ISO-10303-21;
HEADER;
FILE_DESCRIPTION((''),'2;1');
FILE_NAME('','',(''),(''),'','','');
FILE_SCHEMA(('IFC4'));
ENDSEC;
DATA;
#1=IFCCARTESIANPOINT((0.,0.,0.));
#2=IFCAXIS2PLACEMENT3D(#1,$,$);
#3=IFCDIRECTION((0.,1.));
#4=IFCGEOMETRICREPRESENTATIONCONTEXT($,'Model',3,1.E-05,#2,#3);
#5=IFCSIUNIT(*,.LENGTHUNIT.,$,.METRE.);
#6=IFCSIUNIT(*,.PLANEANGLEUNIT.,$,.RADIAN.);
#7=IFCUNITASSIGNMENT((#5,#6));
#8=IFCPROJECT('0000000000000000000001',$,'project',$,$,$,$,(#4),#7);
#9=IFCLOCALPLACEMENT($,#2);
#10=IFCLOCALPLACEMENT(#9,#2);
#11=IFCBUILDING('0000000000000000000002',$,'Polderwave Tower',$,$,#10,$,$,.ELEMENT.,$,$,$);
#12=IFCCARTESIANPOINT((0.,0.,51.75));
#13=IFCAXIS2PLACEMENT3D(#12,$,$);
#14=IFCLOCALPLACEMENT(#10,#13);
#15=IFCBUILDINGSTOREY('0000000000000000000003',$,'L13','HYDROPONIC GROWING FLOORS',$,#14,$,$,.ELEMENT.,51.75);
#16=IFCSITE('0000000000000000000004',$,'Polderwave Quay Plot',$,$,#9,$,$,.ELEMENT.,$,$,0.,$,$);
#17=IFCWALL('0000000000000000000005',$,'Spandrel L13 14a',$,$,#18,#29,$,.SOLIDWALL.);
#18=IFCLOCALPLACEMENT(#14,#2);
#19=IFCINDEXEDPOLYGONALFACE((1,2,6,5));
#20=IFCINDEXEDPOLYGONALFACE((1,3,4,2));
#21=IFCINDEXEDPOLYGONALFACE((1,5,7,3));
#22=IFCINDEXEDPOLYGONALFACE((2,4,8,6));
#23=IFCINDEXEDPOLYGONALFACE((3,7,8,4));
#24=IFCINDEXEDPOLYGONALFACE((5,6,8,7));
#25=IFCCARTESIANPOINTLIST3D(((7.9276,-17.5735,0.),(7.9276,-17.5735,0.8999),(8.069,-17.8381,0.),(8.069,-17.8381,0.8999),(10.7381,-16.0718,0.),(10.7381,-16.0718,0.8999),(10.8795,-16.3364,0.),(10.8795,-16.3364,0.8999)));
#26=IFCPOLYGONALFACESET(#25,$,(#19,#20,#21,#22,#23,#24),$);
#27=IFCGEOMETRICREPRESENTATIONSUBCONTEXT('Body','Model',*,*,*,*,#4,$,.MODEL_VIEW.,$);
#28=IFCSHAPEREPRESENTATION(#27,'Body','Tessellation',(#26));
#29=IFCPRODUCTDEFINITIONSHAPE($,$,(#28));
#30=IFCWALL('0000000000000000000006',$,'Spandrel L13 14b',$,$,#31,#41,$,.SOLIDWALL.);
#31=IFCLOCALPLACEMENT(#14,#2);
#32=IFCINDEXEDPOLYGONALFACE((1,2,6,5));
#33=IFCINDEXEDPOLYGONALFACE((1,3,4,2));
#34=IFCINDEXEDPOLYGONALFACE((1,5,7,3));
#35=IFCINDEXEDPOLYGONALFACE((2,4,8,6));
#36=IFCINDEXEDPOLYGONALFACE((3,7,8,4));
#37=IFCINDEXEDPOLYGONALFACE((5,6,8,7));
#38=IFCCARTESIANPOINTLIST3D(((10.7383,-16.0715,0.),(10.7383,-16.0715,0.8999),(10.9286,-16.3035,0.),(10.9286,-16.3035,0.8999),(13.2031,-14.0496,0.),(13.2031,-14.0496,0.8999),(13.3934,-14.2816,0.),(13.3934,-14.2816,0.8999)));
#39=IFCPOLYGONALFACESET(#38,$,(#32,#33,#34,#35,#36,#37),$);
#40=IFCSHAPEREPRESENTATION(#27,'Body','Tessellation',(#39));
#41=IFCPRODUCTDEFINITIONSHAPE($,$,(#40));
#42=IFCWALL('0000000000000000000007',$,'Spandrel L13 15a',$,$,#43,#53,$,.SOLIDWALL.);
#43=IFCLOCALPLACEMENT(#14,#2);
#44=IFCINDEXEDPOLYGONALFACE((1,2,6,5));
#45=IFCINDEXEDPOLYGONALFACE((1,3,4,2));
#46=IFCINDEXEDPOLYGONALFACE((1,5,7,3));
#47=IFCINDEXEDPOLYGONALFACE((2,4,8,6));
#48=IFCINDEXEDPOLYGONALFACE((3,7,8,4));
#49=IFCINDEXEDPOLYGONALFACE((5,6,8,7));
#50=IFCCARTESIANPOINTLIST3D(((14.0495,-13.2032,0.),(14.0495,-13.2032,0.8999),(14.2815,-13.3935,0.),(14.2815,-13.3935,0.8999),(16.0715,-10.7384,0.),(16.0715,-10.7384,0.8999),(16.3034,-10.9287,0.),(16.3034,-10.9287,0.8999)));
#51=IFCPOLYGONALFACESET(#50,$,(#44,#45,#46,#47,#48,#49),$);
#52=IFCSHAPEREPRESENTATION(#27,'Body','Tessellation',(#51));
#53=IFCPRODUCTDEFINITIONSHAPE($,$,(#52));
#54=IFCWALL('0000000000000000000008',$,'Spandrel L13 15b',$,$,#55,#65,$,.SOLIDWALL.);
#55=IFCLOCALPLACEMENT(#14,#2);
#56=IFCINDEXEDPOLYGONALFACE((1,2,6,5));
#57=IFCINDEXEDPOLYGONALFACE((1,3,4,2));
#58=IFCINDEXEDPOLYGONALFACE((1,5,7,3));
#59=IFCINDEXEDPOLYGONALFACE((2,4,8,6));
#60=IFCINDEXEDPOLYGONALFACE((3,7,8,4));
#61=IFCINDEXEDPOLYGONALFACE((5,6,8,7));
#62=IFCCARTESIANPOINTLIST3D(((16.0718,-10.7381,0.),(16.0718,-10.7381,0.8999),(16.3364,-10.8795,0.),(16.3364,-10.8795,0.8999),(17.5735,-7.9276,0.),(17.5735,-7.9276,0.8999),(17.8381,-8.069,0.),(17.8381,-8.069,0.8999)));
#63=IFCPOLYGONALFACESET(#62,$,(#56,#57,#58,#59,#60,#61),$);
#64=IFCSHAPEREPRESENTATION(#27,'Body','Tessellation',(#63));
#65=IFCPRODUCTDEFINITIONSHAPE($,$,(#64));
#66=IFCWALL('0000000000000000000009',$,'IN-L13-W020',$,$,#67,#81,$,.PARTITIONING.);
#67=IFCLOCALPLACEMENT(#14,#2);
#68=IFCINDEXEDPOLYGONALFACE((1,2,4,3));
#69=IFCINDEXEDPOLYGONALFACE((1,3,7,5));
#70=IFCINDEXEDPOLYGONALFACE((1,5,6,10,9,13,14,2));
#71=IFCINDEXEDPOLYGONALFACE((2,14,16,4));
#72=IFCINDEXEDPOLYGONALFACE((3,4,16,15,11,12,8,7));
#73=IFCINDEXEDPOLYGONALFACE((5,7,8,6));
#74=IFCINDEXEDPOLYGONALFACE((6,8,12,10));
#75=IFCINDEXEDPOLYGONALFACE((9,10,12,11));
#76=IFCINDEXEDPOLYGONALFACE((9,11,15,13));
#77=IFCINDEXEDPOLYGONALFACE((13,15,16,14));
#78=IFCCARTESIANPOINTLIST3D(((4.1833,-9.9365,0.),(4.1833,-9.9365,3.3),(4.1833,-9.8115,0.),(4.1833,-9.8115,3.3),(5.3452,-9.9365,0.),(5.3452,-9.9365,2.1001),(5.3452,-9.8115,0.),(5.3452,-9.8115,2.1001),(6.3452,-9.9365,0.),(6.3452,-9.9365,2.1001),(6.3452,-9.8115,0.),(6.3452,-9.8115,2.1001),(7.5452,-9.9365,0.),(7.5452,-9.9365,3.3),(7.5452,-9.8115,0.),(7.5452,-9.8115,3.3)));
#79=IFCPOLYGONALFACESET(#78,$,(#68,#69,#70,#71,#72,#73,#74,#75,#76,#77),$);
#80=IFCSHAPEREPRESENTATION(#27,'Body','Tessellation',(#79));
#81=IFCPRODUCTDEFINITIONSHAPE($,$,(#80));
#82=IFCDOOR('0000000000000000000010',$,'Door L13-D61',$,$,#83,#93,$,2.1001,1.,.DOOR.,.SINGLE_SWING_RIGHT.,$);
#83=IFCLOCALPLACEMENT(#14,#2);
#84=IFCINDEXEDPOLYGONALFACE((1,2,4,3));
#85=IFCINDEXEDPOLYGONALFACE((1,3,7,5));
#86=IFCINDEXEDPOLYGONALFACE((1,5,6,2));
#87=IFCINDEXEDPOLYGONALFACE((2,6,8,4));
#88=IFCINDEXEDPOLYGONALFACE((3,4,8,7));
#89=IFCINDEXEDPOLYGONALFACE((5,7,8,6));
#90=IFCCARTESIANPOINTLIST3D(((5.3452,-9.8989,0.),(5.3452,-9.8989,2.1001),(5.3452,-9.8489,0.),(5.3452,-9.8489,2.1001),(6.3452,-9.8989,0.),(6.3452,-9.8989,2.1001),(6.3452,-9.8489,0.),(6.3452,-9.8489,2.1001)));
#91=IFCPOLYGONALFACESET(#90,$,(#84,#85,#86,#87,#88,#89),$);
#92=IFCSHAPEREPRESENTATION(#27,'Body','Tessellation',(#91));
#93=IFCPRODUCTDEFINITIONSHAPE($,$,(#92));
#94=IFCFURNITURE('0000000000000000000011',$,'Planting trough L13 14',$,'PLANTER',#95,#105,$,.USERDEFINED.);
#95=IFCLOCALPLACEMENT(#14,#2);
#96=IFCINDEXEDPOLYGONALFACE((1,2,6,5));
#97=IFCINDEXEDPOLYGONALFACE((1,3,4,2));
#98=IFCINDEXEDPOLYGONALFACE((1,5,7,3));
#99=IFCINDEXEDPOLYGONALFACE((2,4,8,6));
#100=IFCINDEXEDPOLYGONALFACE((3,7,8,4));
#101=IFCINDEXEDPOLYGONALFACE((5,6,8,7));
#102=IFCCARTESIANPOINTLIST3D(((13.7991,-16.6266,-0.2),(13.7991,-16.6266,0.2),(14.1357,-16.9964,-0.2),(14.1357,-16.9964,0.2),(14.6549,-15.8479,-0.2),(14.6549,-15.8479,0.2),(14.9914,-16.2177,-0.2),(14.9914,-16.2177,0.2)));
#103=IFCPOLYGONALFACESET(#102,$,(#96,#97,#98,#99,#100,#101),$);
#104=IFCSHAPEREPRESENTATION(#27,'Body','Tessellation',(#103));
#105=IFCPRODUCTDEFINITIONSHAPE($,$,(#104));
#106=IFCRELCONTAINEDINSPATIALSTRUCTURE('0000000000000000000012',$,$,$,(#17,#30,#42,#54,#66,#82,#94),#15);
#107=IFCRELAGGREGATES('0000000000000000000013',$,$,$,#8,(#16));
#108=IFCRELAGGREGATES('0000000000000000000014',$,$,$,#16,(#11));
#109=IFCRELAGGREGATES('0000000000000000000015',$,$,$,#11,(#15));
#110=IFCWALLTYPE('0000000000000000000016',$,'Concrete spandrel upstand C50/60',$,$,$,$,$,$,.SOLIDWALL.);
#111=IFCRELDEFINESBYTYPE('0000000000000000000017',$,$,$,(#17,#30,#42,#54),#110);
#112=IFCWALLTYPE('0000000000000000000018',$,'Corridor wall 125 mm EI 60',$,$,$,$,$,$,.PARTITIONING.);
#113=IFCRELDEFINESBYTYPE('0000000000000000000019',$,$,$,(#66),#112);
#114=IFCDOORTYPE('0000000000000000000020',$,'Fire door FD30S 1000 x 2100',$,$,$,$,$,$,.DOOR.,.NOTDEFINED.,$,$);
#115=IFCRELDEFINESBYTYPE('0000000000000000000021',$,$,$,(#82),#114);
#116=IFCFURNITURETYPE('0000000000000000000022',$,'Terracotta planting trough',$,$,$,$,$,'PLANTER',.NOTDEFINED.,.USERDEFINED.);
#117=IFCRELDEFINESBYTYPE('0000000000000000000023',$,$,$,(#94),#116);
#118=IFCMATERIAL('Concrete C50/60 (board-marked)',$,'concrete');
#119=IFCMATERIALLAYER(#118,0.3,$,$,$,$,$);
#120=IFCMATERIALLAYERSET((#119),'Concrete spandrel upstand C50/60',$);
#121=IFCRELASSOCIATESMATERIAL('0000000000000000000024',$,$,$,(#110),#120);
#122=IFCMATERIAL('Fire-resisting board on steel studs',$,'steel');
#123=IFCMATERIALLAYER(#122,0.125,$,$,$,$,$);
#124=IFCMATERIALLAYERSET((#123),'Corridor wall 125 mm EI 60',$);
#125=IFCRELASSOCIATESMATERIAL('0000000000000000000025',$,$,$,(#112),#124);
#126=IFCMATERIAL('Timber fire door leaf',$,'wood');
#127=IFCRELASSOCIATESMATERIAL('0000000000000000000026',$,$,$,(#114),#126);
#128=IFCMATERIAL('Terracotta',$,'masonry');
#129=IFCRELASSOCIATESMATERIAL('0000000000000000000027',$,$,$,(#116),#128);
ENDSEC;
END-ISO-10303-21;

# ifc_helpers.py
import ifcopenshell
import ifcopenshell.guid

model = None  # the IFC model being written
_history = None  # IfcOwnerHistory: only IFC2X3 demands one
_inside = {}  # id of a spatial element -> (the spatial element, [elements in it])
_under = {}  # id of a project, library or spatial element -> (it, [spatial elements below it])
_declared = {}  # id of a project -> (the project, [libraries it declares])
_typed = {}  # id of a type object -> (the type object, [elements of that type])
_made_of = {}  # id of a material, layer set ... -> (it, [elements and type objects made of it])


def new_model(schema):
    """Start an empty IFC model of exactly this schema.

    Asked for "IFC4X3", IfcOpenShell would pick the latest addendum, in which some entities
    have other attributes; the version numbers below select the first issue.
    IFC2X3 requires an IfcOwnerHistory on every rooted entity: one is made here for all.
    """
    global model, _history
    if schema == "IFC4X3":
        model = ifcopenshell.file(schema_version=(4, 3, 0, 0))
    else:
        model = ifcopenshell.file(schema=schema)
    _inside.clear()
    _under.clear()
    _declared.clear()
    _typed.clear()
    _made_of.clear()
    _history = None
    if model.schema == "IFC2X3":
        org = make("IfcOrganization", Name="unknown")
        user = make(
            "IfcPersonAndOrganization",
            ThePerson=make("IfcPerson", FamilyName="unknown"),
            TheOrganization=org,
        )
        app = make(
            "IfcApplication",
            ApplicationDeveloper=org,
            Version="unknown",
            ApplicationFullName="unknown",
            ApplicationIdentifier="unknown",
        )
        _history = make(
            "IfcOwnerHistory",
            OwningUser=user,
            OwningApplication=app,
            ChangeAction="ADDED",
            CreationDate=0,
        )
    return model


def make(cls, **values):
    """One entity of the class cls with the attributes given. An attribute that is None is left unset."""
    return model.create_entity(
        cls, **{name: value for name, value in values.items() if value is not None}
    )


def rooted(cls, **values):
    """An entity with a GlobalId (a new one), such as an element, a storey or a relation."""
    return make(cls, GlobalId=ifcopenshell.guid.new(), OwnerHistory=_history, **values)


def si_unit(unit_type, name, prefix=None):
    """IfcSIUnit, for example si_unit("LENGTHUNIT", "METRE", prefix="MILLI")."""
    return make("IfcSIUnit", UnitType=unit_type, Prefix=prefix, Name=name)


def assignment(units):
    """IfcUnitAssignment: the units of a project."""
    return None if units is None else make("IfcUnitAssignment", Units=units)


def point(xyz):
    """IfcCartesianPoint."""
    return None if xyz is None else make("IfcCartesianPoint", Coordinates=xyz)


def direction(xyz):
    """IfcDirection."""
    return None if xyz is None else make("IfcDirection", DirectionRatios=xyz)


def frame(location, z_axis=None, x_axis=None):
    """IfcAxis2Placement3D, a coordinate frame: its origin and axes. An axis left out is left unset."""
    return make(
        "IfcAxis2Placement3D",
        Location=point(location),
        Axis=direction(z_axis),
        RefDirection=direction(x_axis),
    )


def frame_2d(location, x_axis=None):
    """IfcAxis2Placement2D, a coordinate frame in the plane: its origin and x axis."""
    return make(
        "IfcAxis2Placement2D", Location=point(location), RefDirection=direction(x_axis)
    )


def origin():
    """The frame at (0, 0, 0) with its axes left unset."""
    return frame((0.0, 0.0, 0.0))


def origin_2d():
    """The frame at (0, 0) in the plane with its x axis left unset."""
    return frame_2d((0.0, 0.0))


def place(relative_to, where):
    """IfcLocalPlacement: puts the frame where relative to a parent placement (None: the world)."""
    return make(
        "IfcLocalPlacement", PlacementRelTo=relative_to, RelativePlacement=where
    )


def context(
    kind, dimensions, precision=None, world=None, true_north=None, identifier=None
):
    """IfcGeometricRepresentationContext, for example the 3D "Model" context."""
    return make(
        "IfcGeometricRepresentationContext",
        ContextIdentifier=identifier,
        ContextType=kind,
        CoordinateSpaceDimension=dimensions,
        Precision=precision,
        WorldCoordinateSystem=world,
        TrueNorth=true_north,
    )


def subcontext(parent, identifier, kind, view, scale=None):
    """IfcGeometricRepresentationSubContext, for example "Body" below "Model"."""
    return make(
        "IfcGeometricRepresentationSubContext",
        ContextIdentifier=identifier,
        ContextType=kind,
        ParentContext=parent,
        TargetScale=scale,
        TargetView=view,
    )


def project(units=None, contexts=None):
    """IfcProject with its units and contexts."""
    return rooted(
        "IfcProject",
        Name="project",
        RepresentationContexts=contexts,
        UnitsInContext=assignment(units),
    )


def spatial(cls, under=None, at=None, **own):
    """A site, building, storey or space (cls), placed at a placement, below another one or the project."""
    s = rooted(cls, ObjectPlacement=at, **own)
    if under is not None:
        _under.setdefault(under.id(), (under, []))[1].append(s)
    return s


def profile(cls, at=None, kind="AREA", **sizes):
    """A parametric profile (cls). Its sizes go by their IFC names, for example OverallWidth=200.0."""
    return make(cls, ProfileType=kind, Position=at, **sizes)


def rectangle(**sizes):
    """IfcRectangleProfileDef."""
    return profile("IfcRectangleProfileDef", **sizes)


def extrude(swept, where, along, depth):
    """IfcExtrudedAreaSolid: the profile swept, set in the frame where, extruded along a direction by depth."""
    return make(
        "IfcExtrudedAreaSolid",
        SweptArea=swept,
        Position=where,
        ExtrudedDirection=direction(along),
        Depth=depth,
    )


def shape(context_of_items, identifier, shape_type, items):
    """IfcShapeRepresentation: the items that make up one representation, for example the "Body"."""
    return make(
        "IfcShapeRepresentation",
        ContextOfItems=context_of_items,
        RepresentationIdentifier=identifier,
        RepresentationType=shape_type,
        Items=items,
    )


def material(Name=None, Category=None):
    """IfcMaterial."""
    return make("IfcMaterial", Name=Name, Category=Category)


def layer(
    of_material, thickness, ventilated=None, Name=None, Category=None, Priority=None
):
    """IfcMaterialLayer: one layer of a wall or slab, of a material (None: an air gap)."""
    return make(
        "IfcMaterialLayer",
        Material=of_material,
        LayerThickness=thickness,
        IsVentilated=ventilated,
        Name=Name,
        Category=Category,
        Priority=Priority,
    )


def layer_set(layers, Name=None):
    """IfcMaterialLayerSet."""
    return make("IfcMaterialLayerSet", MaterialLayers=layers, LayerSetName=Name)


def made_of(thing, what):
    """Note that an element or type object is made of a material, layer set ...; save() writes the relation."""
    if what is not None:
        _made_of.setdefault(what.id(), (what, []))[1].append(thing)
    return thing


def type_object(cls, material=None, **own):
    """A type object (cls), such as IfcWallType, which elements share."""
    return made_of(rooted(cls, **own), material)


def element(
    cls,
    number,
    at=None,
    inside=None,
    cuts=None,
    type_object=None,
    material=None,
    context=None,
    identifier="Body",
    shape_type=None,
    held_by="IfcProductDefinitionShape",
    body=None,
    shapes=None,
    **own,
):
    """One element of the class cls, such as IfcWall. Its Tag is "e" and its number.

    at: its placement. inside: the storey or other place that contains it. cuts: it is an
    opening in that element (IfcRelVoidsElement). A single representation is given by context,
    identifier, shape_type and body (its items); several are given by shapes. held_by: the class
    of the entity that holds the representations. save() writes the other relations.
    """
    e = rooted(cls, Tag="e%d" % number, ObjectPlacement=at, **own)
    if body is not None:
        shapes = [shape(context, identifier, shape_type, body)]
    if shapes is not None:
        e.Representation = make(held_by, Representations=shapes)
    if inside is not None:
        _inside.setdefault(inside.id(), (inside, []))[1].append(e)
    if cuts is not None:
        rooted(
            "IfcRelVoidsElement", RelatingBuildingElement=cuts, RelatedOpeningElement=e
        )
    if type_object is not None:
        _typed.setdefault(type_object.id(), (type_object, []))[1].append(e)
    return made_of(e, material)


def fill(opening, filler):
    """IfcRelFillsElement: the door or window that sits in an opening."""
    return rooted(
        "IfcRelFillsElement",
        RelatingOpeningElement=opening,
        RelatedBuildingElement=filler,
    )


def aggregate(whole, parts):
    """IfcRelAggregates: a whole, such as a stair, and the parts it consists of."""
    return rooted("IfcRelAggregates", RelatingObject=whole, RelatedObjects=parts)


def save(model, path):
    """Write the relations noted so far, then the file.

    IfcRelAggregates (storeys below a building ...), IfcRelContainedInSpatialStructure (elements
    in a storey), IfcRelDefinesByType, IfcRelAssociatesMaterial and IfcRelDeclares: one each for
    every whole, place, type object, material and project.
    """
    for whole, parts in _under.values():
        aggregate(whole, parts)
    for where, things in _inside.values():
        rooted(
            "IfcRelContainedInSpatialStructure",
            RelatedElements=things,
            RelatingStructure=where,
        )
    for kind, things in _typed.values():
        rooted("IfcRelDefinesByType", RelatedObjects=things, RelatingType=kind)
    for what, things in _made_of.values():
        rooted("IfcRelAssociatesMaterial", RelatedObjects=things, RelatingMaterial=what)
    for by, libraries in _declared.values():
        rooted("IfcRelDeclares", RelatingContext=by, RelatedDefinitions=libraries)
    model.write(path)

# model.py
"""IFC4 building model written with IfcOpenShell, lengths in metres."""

from ifc_helpers import new_model, si_unit, direction, frame, frame_2d, origin, origin_2d, place, context, subcontext, project, spatial, rectangle, extrude, material, layer, layer_set, type_object, element, fill, save


model = new_model("IFC4")

# Units and contexts
model_context = context("Model", 3, precision=1e-05, world=origin(), true_north=direction((0.0, 1.0)))
body_context = subcontext(model_context, "Body", "Model", "MODEL_VIEW")
ifc_project = project(units=[si_unit("LENGTHUNIT", "METRE"), si_unit("PLANEANGLEUNIT", "RADIAN")], contexts=[model_context])

# Site, building, storey
site_placement = place(None, origin())
site = spatial("IfcSite", under=ifc_project, at=site_placement, Name="Polderwave Quay Plot", CompositionType="ELEMENT", RefElevation=0.0)
building_placement = place(site_placement, origin())
building = spatial("IfcBuilding", under=site, at=building_placement, Name="Polderwave Tower", CompositionType="ELEMENT")
storey_placement = place(building_placement, frame((0.0, 0.0, 51.75)))
storey = spatial("IfcBuildingStorey", under=building, at=storey_placement, Name="L13", Description="HYDROPONIC GROWING FLOORS", CompositionType="ELEMENT", Elevation=51.75)

# Walls
ifc_material_1 = material(Name="Concrete C50/60 (board-marked)", Category="concrete")
ifc_layer_1 = layer(ifc_material_1, 0.3)
ifc_layer_set_1 = layer_set([ifc_layer_1], Name="Concrete spandrel upstand C50/60")
wall_type_1 = type_object("IfcWallType", Name="Concrete spandrel upstand C50/60", PredefinedType="SOLIDWALL", material=ifc_layer_set_1)
wall_1_placement = place(storey_placement, frame((7.9983, -17.7058, 0.0), z_axis=(0.0, 0.0, 1.0), x_axis=(0.881994, 0.47126, 0.0)))
element("IfcWall", 1, at=wall_1_placement, inside=storey, type_object=wall_type_1, Name="Spandrel L13 14a", PredefinedType="SOLIDWALL", context=body_context, shape_type="SweptSolid", body=[
    extrude(rectangle(XDim=3.1865, YDim=0.3, at=frame_2d((1.5933, 0.0))), origin(), (0.0, 0.0, 1.0), 0.8999),
])
for number, where, z_axis, x_axis, name in (
    (2, (10.8335, -16.1875, 0.0), (0.0, 0.0, 1.0), (0.773145, 0.63423, 0.0), "Spandrel L13 14b"),
    (3, (14.1655, -13.2983, 0.0), (0.0, 0.0, 1.0), (0.63423, 0.773145, 0.0), "Spandrel L13 15a"),
):
    element("IfcWall", number, at=place(storey_placement, frame(where, z_axis=z_axis, x_axis=x_axis)), inside=storey, type_object=wall_type_1, Name=name, PredefinedType="SOLIDWALL", context=body_context, shape_type="SweptSolid", body=[
        extrude(rectangle(XDim=3.188, YDim=0.3, at=frame_2d((1.594, 0.0))), origin(), (0.0, 0.0, 1.0), 0.8999),
    ])
wall_2_placement = place(storey_placement, frame((16.2041, -10.8088, 0.0), z_axis=(0.0, 0.0, 1.0), x_axis=(0.47126, 0.881994, 0.0)))
element("IfcWall", 4, at=wall_2_placement, inside=storey, type_object=wall_type_1, Name="Spandrel L13 15b", PredefinedType="SOLIDWALL", context=body_context, shape_type="SweptSolid", body=[
    extrude(rectangle(XDim=3.1865, YDim=0.3, at=frame_2d((1.5933, 0.0))), origin(), (0.0, 0.0, 1.0), 0.8999),
])

# Wall, opening, door
ifc_material_2 = material(Name="Fire-resisting board on steel studs", Category="steel")
ifc_layer_2 = layer(ifc_material_2, 0.125)
ifc_layer_set_2 = layer_set([ifc_layer_2], Name="Corridor wall 125 mm EI 60")
wall_type_2 = type_object("IfcWallType", Name="Corridor wall 125 mm EI 60", PredefinedType="PARTITIONING", material=ifc_layer_set_2)
wall_3_placement = place(storey_placement, frame((7.5452, -9.874, 0.0), z_axis=(0.0, 0.0, 1.0), x_axis=(-1.0, 0.0, 0.0)))
wall_3 = element("IfcWall", 5, at=wall_3_placement, inside=storey, type_object=wall_type_2, Name="IN-L13-W020", PredefinedType="PARTITIONING", context=body_context, shape_type="SweptSolid", body=[
    extrude(rectangle(XDim=3.3618, YDim=0.125, at=frame_2d((1.6809, 0.0))), origin(), (0.0, 0.0, 1.0), 3.3),
])
opening_placement = place(wall_3_placement, frame((1.2, 0.0, 0.0)))
opening = element("IfcOpeningElement", 6, at=opening_placement, cuts=wall_3, PredefinedType="OPENING", context=body_context, shape_type="SweptSolid", body=[
    extrude(rectangle(XDim=1.0, YDim=2.1001, at=frame_2d((0.5, 1.05))), frame((0.0, 0.0725, 0.0), z_axis=(0.0, -1.0, 0.0), x_axis=(1.0, 0.0, 0.0)), (0.0, 0.0, 1.0), 0.145),
])
ifc_material_3 = material(Name="Timber fire door leaf", Category="wood")
door_type = type_object("IfcDoorType", Name="Fire door FD30S 1000 x 2100", OperationType="NOTDEFINED", PredefinedType="DOOR", material=ifc_material_3)
door_placement = place(opening_placement, origin())
door = element("IfcDoor", 7, at=door_placement, inside=storey, type_object=door_type, Name="Door L13-D61", OperationType="SINGLE_SWING_RIGHT", OverallHeight=2.1001, OverallWidth=1.0, PredefinedType="DOOR", context=body_context, shape_type="SweptSolid", body=[
    extrude(rectangle(XDim=1.0, YDim=2.1001, at=frame_2d((0.5, 1.05))), frame((0.0, 0.0249, 0.0), z_axis=(0.0, -1.0, 0.0), x_axis=(1.0, 0.0, 0.0)), (0.0, 0.0, 1.0), 0.05),
])
fill(opening, door)

# Furniture
ifc_material_4 = material(Name="Terracotta", Category="masonry")
furniture_type = type_object("IfcFurnitureType", Name="Terracotta planting trough", ElementType="PLANTER", AssemblyPlace="NOTDEFINED", PredefinedType="USERDEFINED", material=ifc_material_4)
furniture_placement = place(storey_placement, frame((14.3953, -16.4221, -0.2), z_axis=(0.0, 0.0, 1.0), x_axis=(0.739601, 0.673046, 0.0)))
element("IfcFurniture", 8, at=furniture_placement, inside=storey, type_object=furniture_type, Name="Planting trough L13 14", ObjectType="PLANTER", PredefinedType="USERDEFINED", context=body_context, shape_type="SweptSolid", body=[
    extrude(rectangle(XDim=1.157, YDim=0.5, at=origin_2d()), origin(), (0.0, 0.0, 1.0), 0.3999),
])

save(model, "model.ifc")
